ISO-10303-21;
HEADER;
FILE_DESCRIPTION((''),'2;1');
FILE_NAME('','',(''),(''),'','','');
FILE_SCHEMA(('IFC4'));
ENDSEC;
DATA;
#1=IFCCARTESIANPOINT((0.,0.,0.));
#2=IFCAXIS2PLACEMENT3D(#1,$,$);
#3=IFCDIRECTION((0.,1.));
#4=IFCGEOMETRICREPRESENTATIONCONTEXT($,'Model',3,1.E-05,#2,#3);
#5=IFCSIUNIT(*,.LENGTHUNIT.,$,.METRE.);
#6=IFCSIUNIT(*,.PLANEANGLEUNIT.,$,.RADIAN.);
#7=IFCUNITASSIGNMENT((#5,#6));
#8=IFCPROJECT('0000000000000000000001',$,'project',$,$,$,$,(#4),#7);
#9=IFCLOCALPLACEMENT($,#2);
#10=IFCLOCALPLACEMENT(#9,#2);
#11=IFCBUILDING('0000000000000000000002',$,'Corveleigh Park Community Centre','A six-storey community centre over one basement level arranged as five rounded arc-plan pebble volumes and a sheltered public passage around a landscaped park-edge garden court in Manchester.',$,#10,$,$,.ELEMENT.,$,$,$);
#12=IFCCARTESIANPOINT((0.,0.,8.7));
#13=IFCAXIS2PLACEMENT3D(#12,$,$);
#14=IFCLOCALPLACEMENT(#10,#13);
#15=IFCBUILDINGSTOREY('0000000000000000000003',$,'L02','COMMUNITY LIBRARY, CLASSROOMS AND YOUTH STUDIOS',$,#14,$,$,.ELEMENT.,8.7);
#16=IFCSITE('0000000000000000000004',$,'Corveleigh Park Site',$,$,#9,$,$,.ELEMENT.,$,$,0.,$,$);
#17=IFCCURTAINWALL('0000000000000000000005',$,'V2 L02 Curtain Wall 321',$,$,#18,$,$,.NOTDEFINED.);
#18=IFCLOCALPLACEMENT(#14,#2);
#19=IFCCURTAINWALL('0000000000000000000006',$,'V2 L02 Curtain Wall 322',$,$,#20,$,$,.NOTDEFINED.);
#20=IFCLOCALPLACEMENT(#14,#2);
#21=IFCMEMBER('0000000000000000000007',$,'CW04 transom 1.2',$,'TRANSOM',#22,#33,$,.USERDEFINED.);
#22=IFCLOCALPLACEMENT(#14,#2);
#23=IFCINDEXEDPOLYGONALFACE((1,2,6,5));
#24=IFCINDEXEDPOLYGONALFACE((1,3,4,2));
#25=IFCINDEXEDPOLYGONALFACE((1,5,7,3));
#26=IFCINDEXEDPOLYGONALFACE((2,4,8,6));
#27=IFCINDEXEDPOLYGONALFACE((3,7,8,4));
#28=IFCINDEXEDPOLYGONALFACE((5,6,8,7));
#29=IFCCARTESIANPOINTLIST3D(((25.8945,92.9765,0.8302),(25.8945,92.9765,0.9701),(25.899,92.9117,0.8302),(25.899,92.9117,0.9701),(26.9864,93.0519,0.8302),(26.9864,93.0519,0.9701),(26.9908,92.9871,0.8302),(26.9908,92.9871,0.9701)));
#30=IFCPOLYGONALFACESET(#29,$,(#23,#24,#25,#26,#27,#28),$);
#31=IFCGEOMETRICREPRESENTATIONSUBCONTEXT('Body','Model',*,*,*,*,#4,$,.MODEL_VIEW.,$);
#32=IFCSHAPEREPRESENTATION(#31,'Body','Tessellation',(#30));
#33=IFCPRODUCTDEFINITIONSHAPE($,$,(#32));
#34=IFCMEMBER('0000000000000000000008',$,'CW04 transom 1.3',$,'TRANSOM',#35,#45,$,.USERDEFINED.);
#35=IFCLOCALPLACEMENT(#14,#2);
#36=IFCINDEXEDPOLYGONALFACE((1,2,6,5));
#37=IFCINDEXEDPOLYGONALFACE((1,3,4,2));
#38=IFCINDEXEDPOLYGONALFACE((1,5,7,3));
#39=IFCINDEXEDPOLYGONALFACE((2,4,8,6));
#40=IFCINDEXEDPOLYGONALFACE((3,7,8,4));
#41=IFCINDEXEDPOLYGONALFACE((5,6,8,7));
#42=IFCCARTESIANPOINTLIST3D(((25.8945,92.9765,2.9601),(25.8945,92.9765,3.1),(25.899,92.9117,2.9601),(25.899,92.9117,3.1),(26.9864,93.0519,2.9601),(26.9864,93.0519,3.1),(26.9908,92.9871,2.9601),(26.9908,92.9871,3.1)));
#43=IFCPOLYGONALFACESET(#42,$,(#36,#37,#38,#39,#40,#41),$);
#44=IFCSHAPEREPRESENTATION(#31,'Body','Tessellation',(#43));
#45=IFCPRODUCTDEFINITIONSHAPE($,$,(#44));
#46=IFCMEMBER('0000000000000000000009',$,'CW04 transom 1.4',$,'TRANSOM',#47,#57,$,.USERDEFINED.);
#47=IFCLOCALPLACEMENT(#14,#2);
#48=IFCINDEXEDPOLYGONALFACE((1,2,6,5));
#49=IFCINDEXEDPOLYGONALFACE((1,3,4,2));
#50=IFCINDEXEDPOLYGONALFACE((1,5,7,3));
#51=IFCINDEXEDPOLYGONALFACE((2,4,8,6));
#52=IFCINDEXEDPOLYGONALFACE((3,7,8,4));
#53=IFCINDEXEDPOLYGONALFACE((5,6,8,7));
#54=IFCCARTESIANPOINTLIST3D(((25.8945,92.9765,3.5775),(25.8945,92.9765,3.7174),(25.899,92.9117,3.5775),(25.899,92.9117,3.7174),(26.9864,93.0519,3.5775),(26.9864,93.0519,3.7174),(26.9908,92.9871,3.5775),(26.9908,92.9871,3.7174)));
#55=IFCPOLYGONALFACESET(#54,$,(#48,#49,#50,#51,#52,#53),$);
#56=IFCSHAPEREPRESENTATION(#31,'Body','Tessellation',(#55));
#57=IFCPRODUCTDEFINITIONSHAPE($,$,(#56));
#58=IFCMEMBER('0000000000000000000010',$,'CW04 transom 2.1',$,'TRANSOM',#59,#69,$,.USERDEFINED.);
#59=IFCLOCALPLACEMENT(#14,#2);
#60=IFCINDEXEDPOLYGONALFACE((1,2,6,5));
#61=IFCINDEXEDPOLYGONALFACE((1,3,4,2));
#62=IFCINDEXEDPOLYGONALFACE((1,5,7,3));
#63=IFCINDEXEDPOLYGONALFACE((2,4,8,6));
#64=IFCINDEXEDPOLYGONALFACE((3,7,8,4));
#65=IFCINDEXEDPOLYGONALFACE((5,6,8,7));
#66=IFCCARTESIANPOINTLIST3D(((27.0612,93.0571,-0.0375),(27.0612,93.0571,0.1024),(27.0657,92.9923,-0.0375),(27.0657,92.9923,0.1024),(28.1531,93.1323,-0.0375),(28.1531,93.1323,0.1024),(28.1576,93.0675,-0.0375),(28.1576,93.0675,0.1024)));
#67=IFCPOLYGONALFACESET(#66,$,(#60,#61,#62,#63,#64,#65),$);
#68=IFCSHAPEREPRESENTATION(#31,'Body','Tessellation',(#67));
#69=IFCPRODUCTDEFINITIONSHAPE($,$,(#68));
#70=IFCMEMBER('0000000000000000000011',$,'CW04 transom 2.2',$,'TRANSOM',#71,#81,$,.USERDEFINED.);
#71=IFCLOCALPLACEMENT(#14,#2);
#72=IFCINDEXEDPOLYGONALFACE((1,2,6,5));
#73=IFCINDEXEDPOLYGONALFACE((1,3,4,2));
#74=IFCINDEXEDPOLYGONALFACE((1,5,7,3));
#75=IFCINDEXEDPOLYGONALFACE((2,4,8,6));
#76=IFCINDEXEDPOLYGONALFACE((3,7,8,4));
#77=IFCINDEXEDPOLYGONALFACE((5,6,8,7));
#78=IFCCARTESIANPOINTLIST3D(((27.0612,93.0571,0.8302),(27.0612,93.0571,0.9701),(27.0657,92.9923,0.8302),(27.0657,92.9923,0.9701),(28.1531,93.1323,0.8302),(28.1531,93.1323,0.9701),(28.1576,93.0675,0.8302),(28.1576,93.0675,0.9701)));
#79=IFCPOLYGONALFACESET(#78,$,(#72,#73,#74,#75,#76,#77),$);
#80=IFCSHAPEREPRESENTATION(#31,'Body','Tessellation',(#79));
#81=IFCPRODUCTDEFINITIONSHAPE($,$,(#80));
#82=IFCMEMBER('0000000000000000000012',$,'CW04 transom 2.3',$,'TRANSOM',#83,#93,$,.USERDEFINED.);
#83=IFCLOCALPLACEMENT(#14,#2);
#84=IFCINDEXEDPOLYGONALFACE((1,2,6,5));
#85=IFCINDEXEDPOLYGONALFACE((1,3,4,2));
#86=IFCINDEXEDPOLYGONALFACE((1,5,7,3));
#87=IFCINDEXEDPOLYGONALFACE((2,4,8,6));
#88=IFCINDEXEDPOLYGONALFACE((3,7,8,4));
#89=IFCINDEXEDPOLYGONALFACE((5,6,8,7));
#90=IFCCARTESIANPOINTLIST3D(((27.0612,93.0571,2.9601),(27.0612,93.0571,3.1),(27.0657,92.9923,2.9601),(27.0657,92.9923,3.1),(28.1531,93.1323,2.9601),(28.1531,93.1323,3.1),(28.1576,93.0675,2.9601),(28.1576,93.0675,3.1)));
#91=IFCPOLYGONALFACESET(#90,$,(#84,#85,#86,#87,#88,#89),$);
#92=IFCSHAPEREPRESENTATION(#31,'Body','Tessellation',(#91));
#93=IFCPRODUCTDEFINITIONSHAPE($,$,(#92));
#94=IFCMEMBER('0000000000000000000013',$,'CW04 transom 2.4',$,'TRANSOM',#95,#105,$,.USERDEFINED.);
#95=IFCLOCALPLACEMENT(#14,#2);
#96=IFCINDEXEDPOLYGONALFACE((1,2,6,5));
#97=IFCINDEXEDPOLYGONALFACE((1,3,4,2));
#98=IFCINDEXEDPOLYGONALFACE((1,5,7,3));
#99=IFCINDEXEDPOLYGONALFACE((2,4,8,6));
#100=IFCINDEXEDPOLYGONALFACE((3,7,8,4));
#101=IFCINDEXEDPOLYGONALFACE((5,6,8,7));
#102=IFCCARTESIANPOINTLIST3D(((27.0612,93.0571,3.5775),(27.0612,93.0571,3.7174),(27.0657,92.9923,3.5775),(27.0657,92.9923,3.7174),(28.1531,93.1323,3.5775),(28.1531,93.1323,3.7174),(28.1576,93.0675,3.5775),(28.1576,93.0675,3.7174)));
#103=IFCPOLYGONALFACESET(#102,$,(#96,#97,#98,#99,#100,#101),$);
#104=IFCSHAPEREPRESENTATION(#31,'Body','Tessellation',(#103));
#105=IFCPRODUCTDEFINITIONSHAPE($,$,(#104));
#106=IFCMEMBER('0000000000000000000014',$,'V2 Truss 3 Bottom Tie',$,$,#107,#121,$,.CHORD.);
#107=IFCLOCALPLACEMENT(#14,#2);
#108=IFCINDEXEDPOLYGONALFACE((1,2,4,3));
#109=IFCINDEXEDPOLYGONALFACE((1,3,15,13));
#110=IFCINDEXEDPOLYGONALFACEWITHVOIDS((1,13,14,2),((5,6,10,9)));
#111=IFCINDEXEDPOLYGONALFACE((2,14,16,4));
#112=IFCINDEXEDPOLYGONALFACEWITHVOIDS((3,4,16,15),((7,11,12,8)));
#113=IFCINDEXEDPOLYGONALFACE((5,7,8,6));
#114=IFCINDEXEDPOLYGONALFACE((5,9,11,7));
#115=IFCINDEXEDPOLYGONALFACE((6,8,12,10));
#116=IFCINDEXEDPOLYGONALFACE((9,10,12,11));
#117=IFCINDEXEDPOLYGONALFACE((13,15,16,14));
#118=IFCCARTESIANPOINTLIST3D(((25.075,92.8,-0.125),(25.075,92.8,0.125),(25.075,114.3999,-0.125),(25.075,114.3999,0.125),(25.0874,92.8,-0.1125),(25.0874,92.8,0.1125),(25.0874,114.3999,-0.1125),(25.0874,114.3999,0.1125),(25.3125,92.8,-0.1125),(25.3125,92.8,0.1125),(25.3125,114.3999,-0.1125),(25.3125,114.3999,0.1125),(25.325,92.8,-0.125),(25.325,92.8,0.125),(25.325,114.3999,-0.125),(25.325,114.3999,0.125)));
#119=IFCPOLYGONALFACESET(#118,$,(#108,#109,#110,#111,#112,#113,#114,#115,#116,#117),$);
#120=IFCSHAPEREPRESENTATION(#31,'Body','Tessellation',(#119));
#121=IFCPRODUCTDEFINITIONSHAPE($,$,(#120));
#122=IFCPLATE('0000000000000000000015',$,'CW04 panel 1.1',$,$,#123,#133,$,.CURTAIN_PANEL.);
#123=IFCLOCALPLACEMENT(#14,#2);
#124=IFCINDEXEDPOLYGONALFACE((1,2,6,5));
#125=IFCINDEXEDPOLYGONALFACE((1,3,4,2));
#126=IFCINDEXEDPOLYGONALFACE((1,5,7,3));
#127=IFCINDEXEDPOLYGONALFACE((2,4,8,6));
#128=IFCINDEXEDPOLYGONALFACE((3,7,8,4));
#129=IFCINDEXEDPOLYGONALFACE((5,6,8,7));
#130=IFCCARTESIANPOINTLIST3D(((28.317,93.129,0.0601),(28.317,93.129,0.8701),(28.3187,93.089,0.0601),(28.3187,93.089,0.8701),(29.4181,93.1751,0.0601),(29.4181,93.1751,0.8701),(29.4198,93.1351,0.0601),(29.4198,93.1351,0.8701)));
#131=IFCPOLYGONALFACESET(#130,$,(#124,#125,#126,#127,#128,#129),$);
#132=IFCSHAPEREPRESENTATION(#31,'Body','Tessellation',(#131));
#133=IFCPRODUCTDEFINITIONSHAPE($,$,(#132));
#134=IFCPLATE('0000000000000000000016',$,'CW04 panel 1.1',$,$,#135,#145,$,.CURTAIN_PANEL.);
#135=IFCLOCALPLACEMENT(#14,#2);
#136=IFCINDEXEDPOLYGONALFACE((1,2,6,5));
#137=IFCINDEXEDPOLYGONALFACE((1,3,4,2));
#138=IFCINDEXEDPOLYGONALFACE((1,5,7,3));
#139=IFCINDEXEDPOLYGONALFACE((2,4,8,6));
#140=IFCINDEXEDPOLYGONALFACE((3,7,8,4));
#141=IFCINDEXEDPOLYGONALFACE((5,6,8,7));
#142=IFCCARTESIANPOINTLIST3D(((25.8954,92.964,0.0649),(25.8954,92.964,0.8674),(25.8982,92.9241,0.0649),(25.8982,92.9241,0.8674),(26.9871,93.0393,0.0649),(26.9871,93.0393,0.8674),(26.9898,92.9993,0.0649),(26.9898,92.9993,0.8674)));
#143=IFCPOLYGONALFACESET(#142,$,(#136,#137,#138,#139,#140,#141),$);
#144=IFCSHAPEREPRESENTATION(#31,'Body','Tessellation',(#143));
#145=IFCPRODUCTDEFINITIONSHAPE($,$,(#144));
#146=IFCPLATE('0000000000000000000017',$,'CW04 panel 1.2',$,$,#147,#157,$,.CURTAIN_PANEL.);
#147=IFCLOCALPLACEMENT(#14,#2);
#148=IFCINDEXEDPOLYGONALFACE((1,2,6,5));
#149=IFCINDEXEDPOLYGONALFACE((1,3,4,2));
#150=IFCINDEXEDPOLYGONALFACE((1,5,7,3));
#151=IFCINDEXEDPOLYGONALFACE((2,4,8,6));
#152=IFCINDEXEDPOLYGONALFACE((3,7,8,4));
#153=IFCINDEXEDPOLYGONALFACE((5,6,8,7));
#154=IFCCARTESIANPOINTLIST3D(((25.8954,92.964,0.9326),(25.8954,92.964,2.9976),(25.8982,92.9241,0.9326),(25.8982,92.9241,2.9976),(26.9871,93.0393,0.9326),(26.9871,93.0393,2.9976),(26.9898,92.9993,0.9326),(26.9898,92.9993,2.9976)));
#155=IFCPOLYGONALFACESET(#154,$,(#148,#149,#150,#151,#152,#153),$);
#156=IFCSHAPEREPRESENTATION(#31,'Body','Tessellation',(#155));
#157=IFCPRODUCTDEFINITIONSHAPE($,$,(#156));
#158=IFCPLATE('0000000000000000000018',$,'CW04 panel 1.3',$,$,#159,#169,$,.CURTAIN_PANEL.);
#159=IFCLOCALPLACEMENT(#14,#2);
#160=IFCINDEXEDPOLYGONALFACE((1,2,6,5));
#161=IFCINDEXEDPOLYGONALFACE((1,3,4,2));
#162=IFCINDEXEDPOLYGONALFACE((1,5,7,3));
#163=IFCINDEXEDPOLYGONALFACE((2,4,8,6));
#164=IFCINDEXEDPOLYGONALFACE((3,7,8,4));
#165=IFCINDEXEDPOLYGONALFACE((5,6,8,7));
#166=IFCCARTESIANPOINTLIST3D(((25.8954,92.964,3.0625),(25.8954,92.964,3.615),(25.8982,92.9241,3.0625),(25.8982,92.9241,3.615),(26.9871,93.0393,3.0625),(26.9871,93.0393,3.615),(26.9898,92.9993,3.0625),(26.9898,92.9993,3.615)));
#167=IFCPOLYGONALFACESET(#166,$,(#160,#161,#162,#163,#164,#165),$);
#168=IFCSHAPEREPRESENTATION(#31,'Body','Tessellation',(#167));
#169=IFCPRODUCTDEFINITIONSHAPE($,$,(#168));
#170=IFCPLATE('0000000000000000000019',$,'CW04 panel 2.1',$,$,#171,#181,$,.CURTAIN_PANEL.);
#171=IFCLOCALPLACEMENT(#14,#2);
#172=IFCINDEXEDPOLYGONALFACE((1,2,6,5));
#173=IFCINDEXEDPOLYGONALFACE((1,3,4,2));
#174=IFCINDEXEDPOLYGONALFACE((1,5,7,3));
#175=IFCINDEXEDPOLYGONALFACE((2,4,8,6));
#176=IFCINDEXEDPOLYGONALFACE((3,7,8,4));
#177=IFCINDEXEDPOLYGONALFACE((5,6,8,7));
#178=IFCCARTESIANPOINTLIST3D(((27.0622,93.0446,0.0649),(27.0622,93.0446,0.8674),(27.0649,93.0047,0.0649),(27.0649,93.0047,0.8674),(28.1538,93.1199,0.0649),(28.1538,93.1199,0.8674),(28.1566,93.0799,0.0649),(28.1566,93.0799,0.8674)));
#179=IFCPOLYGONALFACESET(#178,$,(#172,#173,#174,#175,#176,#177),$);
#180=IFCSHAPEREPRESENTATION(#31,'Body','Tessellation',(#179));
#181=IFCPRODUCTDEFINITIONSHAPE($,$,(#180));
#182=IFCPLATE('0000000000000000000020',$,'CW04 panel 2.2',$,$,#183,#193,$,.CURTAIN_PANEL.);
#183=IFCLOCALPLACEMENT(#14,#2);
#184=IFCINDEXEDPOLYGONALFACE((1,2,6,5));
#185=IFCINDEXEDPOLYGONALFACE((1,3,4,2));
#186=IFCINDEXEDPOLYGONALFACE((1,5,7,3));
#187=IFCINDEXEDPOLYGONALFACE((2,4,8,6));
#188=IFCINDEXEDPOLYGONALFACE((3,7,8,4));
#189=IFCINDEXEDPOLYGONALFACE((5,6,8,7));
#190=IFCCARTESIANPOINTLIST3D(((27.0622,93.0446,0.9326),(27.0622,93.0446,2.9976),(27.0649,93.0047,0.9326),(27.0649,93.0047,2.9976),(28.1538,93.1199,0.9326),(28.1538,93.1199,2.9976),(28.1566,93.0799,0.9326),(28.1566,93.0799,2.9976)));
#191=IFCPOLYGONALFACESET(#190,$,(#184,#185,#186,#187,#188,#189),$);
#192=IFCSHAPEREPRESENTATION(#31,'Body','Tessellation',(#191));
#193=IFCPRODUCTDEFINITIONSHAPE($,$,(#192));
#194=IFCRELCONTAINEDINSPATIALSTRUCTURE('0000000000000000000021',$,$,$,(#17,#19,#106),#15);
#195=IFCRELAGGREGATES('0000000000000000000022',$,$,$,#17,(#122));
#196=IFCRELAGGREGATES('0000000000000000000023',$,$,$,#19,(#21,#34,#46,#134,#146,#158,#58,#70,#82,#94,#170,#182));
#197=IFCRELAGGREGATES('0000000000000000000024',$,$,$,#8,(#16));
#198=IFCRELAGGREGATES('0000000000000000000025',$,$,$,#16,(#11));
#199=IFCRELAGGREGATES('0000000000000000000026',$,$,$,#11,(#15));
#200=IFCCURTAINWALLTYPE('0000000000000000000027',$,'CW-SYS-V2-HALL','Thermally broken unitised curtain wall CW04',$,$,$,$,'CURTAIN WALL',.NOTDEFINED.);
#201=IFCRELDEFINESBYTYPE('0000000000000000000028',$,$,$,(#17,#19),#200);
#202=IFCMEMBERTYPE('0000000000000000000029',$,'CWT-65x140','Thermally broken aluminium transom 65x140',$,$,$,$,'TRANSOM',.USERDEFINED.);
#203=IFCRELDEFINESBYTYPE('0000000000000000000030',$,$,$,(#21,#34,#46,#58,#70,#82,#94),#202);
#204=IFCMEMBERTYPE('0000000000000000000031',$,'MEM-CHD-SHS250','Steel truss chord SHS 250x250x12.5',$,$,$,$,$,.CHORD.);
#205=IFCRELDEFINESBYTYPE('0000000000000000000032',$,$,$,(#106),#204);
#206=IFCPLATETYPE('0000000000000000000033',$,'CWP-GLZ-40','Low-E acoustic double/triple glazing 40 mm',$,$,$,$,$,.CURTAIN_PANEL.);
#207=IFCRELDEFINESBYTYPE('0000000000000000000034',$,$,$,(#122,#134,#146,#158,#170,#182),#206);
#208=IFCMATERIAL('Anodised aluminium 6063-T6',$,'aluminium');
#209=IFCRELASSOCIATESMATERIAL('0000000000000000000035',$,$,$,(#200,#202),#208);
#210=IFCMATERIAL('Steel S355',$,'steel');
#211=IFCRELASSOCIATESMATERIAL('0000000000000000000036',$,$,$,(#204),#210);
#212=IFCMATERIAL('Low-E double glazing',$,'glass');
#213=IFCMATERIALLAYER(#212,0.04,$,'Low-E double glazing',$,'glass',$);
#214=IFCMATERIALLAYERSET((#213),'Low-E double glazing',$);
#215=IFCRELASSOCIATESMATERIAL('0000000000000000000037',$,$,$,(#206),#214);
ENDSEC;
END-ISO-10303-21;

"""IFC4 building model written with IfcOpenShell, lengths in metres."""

from ifc_helpers import new_model, si_unit, direction, frame, origin, origin_2d, place, context, subcontext, project, spatial, rectangle, hollow_rectangle, extrude, material, layer, layer_set, material_profile, profile_set, type_object, element, aggregate, save


model = new_model("IFC4")

# Units and contexts
model_context = context("Model", 3, precision=1e-05, world=origin(), true_north=direction((0.0, 1.0)))
body_context = subcontext(model_context, "Body", "Model", "MODEL_VIEW")
ifc_project = project(units=[si_unit("LENGTHUNIT", "METRE"), si_unit("PLANEANGLEUNIT", "RADIAN")], contexts=[model_context])

# Site, building, storey
site_placement = place(None, origin())
site = spatial("IfcSite", under=ifc_project, at=site_placement, Name="Corveleigh Park Site", CompositionType="ELEMENT", RefElevation=0.0)
building_placement = place(site_placement, origin())
building = spatial("IfcBuilding", under=site, at=building_placement, Name="Corveleigh Park Community Centre", Description="A six-storey community centre over one basement level arranged as five rounded arc-plan pebble volumes and a sheltered public passage around a landscaped park-edge garden court in Manchester.", CompositionType="ELEMENT")
storey_placement = place(building_placement, frame((0.0, 0.0, 8.7)))
storey = spatial("IfcBuildingStorey", under=building, at=storey_placement, Name="L02", Description="COMMUNITY LIBRARY, CLASSROOMS AND YOUTH STUDIOS", CompositionType="ELEMENT", Elevation=8.7)

# Shared definitions
ifc_material_1 = material(Name="Steel S355", Category="steel")

# Curtain wall
ifc_material_2 = material(Name="Anodised aluminium 6063-T6", Category="aluminium")
curtain_wall_type = type_object("IfcCurtainWallType", Name="CW-SYS-V2-HALL", Description="Thermally broken unitised curtain wall CW04", ElementType="CURTAIN WALL", PredefinedType="NOTDEFINED", material=ifc_material_2)
curtain_wall_1_placement = place(storey_placement, origin())
curtain_wall_1 = element("IfcCurtainWall", 1, at=curtain_wall_1_placement, inside=storey, type_object=curtain_wall_type, Name="V2 L02 Curtain Wall 321", PredefinedType="NOTDEFINED")

# Curtain wall
curtain_wall_2_placement = place(storey_placement, origin())
curtain_wall_2 = element("IfcCurtainWall", 2, at=curtain_wall_2_placement, inside=storey, type_object=curtain_wall_type, Name="V2 L02 Curtain Wall 322", PredefinedType="NOTDEFINED")

# Members
ifc_material_profile_1 = material_profile(ifc_material_2, rectangle(XDim=0.0649, YDim=0.1399, at=origin_2d()), Name="ALU-T65x140", Category="aluminium")
ifc_profile_set_1 = profile_set([ifc_material_profile_1], Name="Anodised aluminium 6063-T6")
member_type_1 = type_object("IfcMemberType", Name="CWT-65x140", Description="Thermally broken aluminium transom 65x140", ElementType="TRANSOM", PredefinedType="USERDEFINED", material=ifc_profile_set_1)
member_1_placement = place(storey_placement, frame((25.8967, 92.9441, 0.9001), z_axis=(0.997621, 0.068932, 0.0), x_axis=(-0.068932, 0.997621, 0.0)))
member_1 = element("IfcMember", 3, at=member_1_placement, type_object=member_type_1, Name="CW04 transom 1.2", ObjectType="TRANSOM", PredefinedType="USERDEFINED", context=body_context, shape_type="SweptSolid", body=[
    extrude(rectangle(XDim=0.0649, YDim=0.1399, at=origin_2d()), origin(), (0.0, 0.0, 1.0), 1.0945),
])
member_2_placement = place(storey_placement, frame((25.8967, 92.9441, 3.03), z_axis=(0.997621, 0.068932, 0.0), x_axis=(-0.068932, 0.997621, 0.0)))
member_2 = element("IfcMember", 4, at=member_2_placement, type_object=member_type_1, Name="CW04 transom 1.3", ObjectType="TRANSOM", PredefinedType="USERDEFINED", context=body_context, shape_type="SweptSolid", body=[
    extrude(rectangle(XDim=0.0649, YDim=0.1399, at=origin_2d()), origin(), (0.0, 0.0, 1.0), 1.0945),
])
member_3_placement = place(storey_placement, frame((25.8967, 92.9441, 3.6475), z_axis=(0.997621, 0.068932, 0.0), x_axis=(-0.068932, 0.997621, 0.0)))
member_3 = element("IfcMember", 5, at=member_3_placement, type_object=member_type_1, Name="CW04 transom 1.4", ObjectType="TRANSOM", PredefinedType="USERDEFINED", context=body_context, shape_type="SweptSolid", body=[
    extrude(rectangle(XDim=0.0649, YDim=0.1399, at=origin_2d()), origin(), (0.0, 0.0, 1.0), 1.0945),
])
member_4_placement = place(storey_placement, frame((27.0635, 93.0247, 0.0325), z_axis=(0.997637, 0.06871, 0.0), x_axis=(-0.06871, 0.997637, 0.0)))
member_4 = element("IfcMember", 6, at=member_4_placement, type_object=member_type_1, Name="CW04 transom 2.1", ObjectType="TRANSOM", PredefinedType="USERDEFINED", context=body_context, shape_type="SweptSolid", body=[
    extrude(rectangle(XDim=0.0649, YDim=0.1399, at=origin_2d()), origin(), (0.0, 0.0, 1.0), 1.0945),
])
member_5_placement = place(storey_placement, frame((27.0635, 93.0247, 0.9001), z_axis=(0.997637, 0.06871, 0.0), x_axis=(-0.06871, 0.997637, 0.0)))
member_5 = element("IfcMember", 7, at=member_5_placement, type_object=member_type_1, Name="CW04 transom 2.2", ObjectType="TRANSOM", PredefinedType="USERDEFINED", context=body_context, shape_type="SweptSolid", body=[
    extrude(rectangle(XDim=0.0649, YDim=0.1399, at=origin_2d()), origin(), (0.0, 0.0, 1.0), 1.0945),
])
member_6_placement = place(storey_placement, frame((27.0635, 93.0247, 3.03), z_axis=(0.997637, 0.06871, 0.0), x_axis=(-0.06871, 0.997637, 0.0)))
member_6 = element("IfcMember", 8, at=member_6_placement, type_object=member_type_1, Name="CW04 transom 2.3", ObjectType="TRANSOM", PredefinedType="USERDEFINED", context=body_context, shape_type="SweptSolid", body=[
    extrude(rectangle(XDim=0.0649, YDim=0.1399, at=origin_2d()), origin(), (0.0, 0.0, 1.0), 1.0945),
])
member_7_placement = place(storey_placement, frame((27.0635, 93.0247, 3.6475), z_axis=(0.997637, 0.06871, 0.0), x_axis=(-0.06871, 0.997637, 0.0)))
member_7 = element("IfcMember", 9, at=member_7_placement, type_object=member_type_1, Name="CW04 transom 2.4", ObjectType="TRANSOM", PredefinedType="USERDEFINED", context=body_context, shape_type="SweptSolid", body=[
    extrude(rectangle(XDim=0.0649, YDim=0.1399, at=origin_2d()), origin(), (0.0, 0.0, 1.0), 1.0945),
])
ifc_material_profile_2 = material_profile(ifc_material_1, hollow_rectangle(XDim=0.25, YDim=0.25, WallThickness=0.0125, at=origin_2d()), Name="SHS 250x250x12.5", Category="steel")
ifc_profile_set_2 = profile_set([ifc_material_profile_2], Name="Steel S355")
member_type_2 = type_object("IfcMemberType", Name="MEM-CHD-SHS250", Description="Steel truss chord SHS 250x250x12.5", PredefinedType="CHORD", material=ifc_profile_set_2)
member_8_placement = place(storey_placement, frame((25.2, 92.8, 0.0), z_axis=(0.0, 1.0, 0.0), x_axis=(-1.0, 0.0, 0.0)))
element("IfcMember", 10, at=member_8_placement, inside=storey, type_object=member_type_2, Name="V2 Truss 3 Bottom Tie", PredefinedType="CHORD", context=body_context, shape_type="SweptSolid", body=[
    extrude(hollow_rectangle(XDim=0.25, YDim=0.25, WallThickness=0.0125, at=origin_2d()), origin(), (0.0, 0.0, 1.0), 21.5999),
])

# Plates
ifc_material_3 = material(Name="Low-E double glazing", Category="glass")
ifc_layer_1 = layer(ifc_material_3, 0.04, Name="Low-E double glazing", Category="glass")
ifc_layer_set_1 = layer_set([ifc_layer_1], Name="Low-E double glazing")
plate_type = type_object("IfcPlateType", Name="CWP-GLZ-40", Description="Low-E acoustic double/triple glazing 40 mm", PredefinedType="CURTAIN_PANEL", material=ifc_layer_set_1)
plate_1_placement = place(storey_placement, frame((28.8684, 93.1321, 0.0601), z_axis=(0.0, 0.0, 1.0), x_axis=(0.999124, 0.041837, 0.0)))
plate_1 = element("IfcPlate", 11, at=plate_1_placement, type_object=plate_type, Name="CW04 panel 1.1", PredefinedType="CURTAIN_PANEL", context=body_context, shape_type="SweptSolid", body=[
    extrude(rectangle(XDim=1.1021, YDim=0.04, at=origin_2d()), origin(), (0.0, 0.0, 1.0), 0.8101),
])
aggregate(curtain_wall_1, [plate_1])
plate_2_placement = place(storey_placement, frame((26.4426, 92.9817, 0.0649), z_axis=(0.0, 0.0, 1.0), x_axis=(0.997632, 0.068774, 0.0)))
plate_2 = element("IfcPlate", 12, at=plate_2_placement, type_object=plate_type, Name="CW04 panel 1.1", PredefinedType="CURTAIN_PANEL", context=body_context, shape_type="SweptSolid", body=[
    extrude(rectangle(XDim=1.0942, YDim=0.04, at=origin_2d()), origin(), (0.0, 0.0, 1.0), 0.8025),
])
plate_3_placement = place(storey_placement, frame((26.4426, 92.9817, 0.9326), z_axis=(0.0, 0.0, 1.0), x_axis=(0.997632, 0.068774, 0.0)))
plate_3 = element("IfcPlate", 13, at=plate_3_placement, type_object=plate_type, Name="CW04 panel 1.2", PredefinedType="CURTAIN_PANEL", context=body_context, shape_type="SweptSolid", body=[
    extrude(rectangle(XDim=1.0942, YDim=0.04, at=origin_2d()), origin(), (0.0, 0.0, 1.0), 2.0649),
])
plate_4_placement = place(storey_placement, frame((26.4426, 92.9817, 3.0625), z_axis=(0.0, 0.0, 1.0), x_axis=(0.997632, 0.068774, 0.0)))
plate_4 = element("IfcPlate", 14, at=plate_4_placement, type_object=plate_type, Name="CW04 panel 1.3", PredefinedType="CURTAIN_PANEL", context=body_context, shape_type="SweptSolid", body=[
    extrude(rectangle(XDim=1.0942, YDim=0.04, at=origin_2d()), origin(), (0.0, 0.0, 1.0), 0.5525),
])
plate_5_placement = place(storey_placement, frame((27.6094, 93.0623, 0.0649), z_axis=(0.0, 0.0, 1.0), x_axis=(0.997632, 0.068774, 0.0)))
plate_5 = element("IfcPlate", 15, at=plate_5_placement, type_object=plate_type, Name="CW04 panel 2.1", PredefinedType="CURTAIN_PANEL", context=body_context, shape_type="SweptSolid", body=[
    extrude(rectangle(XDim=1.0942, YDim=0.04, at=origin_2d()), origin(), (0.0, 0.0, 1.0), 0.8025),
])
plate_6_placement = place(storey_placement, frame((27.6094, 93.0623, 0.9326), z_axis=(0.0, 0.0, 1.0), x_axis=(0.997632, 0.068774, 0.0)))
plate_6 = element("IfcPlate", 16, at=plate_6_placement, type_object=plate_type, Name="CW04 panel 2.2", PredefinedType="CURTAIN_PANEL", context=body_context, shape_type="SweptSolid", body=[
    extrude(rectangle(XDim=1.0942, YDim=0.04, at=origin_2d()), origin(), (0.0, 0.0, 1.0), 2.0649),
])
aggregate(curtain_wall_2, [member_1, member_2, member_3, plate_2, plate_3, plate_4, member_4, member_5, member_6, member_7, plate_5, plate_6])

save(model, "model.ifc")
